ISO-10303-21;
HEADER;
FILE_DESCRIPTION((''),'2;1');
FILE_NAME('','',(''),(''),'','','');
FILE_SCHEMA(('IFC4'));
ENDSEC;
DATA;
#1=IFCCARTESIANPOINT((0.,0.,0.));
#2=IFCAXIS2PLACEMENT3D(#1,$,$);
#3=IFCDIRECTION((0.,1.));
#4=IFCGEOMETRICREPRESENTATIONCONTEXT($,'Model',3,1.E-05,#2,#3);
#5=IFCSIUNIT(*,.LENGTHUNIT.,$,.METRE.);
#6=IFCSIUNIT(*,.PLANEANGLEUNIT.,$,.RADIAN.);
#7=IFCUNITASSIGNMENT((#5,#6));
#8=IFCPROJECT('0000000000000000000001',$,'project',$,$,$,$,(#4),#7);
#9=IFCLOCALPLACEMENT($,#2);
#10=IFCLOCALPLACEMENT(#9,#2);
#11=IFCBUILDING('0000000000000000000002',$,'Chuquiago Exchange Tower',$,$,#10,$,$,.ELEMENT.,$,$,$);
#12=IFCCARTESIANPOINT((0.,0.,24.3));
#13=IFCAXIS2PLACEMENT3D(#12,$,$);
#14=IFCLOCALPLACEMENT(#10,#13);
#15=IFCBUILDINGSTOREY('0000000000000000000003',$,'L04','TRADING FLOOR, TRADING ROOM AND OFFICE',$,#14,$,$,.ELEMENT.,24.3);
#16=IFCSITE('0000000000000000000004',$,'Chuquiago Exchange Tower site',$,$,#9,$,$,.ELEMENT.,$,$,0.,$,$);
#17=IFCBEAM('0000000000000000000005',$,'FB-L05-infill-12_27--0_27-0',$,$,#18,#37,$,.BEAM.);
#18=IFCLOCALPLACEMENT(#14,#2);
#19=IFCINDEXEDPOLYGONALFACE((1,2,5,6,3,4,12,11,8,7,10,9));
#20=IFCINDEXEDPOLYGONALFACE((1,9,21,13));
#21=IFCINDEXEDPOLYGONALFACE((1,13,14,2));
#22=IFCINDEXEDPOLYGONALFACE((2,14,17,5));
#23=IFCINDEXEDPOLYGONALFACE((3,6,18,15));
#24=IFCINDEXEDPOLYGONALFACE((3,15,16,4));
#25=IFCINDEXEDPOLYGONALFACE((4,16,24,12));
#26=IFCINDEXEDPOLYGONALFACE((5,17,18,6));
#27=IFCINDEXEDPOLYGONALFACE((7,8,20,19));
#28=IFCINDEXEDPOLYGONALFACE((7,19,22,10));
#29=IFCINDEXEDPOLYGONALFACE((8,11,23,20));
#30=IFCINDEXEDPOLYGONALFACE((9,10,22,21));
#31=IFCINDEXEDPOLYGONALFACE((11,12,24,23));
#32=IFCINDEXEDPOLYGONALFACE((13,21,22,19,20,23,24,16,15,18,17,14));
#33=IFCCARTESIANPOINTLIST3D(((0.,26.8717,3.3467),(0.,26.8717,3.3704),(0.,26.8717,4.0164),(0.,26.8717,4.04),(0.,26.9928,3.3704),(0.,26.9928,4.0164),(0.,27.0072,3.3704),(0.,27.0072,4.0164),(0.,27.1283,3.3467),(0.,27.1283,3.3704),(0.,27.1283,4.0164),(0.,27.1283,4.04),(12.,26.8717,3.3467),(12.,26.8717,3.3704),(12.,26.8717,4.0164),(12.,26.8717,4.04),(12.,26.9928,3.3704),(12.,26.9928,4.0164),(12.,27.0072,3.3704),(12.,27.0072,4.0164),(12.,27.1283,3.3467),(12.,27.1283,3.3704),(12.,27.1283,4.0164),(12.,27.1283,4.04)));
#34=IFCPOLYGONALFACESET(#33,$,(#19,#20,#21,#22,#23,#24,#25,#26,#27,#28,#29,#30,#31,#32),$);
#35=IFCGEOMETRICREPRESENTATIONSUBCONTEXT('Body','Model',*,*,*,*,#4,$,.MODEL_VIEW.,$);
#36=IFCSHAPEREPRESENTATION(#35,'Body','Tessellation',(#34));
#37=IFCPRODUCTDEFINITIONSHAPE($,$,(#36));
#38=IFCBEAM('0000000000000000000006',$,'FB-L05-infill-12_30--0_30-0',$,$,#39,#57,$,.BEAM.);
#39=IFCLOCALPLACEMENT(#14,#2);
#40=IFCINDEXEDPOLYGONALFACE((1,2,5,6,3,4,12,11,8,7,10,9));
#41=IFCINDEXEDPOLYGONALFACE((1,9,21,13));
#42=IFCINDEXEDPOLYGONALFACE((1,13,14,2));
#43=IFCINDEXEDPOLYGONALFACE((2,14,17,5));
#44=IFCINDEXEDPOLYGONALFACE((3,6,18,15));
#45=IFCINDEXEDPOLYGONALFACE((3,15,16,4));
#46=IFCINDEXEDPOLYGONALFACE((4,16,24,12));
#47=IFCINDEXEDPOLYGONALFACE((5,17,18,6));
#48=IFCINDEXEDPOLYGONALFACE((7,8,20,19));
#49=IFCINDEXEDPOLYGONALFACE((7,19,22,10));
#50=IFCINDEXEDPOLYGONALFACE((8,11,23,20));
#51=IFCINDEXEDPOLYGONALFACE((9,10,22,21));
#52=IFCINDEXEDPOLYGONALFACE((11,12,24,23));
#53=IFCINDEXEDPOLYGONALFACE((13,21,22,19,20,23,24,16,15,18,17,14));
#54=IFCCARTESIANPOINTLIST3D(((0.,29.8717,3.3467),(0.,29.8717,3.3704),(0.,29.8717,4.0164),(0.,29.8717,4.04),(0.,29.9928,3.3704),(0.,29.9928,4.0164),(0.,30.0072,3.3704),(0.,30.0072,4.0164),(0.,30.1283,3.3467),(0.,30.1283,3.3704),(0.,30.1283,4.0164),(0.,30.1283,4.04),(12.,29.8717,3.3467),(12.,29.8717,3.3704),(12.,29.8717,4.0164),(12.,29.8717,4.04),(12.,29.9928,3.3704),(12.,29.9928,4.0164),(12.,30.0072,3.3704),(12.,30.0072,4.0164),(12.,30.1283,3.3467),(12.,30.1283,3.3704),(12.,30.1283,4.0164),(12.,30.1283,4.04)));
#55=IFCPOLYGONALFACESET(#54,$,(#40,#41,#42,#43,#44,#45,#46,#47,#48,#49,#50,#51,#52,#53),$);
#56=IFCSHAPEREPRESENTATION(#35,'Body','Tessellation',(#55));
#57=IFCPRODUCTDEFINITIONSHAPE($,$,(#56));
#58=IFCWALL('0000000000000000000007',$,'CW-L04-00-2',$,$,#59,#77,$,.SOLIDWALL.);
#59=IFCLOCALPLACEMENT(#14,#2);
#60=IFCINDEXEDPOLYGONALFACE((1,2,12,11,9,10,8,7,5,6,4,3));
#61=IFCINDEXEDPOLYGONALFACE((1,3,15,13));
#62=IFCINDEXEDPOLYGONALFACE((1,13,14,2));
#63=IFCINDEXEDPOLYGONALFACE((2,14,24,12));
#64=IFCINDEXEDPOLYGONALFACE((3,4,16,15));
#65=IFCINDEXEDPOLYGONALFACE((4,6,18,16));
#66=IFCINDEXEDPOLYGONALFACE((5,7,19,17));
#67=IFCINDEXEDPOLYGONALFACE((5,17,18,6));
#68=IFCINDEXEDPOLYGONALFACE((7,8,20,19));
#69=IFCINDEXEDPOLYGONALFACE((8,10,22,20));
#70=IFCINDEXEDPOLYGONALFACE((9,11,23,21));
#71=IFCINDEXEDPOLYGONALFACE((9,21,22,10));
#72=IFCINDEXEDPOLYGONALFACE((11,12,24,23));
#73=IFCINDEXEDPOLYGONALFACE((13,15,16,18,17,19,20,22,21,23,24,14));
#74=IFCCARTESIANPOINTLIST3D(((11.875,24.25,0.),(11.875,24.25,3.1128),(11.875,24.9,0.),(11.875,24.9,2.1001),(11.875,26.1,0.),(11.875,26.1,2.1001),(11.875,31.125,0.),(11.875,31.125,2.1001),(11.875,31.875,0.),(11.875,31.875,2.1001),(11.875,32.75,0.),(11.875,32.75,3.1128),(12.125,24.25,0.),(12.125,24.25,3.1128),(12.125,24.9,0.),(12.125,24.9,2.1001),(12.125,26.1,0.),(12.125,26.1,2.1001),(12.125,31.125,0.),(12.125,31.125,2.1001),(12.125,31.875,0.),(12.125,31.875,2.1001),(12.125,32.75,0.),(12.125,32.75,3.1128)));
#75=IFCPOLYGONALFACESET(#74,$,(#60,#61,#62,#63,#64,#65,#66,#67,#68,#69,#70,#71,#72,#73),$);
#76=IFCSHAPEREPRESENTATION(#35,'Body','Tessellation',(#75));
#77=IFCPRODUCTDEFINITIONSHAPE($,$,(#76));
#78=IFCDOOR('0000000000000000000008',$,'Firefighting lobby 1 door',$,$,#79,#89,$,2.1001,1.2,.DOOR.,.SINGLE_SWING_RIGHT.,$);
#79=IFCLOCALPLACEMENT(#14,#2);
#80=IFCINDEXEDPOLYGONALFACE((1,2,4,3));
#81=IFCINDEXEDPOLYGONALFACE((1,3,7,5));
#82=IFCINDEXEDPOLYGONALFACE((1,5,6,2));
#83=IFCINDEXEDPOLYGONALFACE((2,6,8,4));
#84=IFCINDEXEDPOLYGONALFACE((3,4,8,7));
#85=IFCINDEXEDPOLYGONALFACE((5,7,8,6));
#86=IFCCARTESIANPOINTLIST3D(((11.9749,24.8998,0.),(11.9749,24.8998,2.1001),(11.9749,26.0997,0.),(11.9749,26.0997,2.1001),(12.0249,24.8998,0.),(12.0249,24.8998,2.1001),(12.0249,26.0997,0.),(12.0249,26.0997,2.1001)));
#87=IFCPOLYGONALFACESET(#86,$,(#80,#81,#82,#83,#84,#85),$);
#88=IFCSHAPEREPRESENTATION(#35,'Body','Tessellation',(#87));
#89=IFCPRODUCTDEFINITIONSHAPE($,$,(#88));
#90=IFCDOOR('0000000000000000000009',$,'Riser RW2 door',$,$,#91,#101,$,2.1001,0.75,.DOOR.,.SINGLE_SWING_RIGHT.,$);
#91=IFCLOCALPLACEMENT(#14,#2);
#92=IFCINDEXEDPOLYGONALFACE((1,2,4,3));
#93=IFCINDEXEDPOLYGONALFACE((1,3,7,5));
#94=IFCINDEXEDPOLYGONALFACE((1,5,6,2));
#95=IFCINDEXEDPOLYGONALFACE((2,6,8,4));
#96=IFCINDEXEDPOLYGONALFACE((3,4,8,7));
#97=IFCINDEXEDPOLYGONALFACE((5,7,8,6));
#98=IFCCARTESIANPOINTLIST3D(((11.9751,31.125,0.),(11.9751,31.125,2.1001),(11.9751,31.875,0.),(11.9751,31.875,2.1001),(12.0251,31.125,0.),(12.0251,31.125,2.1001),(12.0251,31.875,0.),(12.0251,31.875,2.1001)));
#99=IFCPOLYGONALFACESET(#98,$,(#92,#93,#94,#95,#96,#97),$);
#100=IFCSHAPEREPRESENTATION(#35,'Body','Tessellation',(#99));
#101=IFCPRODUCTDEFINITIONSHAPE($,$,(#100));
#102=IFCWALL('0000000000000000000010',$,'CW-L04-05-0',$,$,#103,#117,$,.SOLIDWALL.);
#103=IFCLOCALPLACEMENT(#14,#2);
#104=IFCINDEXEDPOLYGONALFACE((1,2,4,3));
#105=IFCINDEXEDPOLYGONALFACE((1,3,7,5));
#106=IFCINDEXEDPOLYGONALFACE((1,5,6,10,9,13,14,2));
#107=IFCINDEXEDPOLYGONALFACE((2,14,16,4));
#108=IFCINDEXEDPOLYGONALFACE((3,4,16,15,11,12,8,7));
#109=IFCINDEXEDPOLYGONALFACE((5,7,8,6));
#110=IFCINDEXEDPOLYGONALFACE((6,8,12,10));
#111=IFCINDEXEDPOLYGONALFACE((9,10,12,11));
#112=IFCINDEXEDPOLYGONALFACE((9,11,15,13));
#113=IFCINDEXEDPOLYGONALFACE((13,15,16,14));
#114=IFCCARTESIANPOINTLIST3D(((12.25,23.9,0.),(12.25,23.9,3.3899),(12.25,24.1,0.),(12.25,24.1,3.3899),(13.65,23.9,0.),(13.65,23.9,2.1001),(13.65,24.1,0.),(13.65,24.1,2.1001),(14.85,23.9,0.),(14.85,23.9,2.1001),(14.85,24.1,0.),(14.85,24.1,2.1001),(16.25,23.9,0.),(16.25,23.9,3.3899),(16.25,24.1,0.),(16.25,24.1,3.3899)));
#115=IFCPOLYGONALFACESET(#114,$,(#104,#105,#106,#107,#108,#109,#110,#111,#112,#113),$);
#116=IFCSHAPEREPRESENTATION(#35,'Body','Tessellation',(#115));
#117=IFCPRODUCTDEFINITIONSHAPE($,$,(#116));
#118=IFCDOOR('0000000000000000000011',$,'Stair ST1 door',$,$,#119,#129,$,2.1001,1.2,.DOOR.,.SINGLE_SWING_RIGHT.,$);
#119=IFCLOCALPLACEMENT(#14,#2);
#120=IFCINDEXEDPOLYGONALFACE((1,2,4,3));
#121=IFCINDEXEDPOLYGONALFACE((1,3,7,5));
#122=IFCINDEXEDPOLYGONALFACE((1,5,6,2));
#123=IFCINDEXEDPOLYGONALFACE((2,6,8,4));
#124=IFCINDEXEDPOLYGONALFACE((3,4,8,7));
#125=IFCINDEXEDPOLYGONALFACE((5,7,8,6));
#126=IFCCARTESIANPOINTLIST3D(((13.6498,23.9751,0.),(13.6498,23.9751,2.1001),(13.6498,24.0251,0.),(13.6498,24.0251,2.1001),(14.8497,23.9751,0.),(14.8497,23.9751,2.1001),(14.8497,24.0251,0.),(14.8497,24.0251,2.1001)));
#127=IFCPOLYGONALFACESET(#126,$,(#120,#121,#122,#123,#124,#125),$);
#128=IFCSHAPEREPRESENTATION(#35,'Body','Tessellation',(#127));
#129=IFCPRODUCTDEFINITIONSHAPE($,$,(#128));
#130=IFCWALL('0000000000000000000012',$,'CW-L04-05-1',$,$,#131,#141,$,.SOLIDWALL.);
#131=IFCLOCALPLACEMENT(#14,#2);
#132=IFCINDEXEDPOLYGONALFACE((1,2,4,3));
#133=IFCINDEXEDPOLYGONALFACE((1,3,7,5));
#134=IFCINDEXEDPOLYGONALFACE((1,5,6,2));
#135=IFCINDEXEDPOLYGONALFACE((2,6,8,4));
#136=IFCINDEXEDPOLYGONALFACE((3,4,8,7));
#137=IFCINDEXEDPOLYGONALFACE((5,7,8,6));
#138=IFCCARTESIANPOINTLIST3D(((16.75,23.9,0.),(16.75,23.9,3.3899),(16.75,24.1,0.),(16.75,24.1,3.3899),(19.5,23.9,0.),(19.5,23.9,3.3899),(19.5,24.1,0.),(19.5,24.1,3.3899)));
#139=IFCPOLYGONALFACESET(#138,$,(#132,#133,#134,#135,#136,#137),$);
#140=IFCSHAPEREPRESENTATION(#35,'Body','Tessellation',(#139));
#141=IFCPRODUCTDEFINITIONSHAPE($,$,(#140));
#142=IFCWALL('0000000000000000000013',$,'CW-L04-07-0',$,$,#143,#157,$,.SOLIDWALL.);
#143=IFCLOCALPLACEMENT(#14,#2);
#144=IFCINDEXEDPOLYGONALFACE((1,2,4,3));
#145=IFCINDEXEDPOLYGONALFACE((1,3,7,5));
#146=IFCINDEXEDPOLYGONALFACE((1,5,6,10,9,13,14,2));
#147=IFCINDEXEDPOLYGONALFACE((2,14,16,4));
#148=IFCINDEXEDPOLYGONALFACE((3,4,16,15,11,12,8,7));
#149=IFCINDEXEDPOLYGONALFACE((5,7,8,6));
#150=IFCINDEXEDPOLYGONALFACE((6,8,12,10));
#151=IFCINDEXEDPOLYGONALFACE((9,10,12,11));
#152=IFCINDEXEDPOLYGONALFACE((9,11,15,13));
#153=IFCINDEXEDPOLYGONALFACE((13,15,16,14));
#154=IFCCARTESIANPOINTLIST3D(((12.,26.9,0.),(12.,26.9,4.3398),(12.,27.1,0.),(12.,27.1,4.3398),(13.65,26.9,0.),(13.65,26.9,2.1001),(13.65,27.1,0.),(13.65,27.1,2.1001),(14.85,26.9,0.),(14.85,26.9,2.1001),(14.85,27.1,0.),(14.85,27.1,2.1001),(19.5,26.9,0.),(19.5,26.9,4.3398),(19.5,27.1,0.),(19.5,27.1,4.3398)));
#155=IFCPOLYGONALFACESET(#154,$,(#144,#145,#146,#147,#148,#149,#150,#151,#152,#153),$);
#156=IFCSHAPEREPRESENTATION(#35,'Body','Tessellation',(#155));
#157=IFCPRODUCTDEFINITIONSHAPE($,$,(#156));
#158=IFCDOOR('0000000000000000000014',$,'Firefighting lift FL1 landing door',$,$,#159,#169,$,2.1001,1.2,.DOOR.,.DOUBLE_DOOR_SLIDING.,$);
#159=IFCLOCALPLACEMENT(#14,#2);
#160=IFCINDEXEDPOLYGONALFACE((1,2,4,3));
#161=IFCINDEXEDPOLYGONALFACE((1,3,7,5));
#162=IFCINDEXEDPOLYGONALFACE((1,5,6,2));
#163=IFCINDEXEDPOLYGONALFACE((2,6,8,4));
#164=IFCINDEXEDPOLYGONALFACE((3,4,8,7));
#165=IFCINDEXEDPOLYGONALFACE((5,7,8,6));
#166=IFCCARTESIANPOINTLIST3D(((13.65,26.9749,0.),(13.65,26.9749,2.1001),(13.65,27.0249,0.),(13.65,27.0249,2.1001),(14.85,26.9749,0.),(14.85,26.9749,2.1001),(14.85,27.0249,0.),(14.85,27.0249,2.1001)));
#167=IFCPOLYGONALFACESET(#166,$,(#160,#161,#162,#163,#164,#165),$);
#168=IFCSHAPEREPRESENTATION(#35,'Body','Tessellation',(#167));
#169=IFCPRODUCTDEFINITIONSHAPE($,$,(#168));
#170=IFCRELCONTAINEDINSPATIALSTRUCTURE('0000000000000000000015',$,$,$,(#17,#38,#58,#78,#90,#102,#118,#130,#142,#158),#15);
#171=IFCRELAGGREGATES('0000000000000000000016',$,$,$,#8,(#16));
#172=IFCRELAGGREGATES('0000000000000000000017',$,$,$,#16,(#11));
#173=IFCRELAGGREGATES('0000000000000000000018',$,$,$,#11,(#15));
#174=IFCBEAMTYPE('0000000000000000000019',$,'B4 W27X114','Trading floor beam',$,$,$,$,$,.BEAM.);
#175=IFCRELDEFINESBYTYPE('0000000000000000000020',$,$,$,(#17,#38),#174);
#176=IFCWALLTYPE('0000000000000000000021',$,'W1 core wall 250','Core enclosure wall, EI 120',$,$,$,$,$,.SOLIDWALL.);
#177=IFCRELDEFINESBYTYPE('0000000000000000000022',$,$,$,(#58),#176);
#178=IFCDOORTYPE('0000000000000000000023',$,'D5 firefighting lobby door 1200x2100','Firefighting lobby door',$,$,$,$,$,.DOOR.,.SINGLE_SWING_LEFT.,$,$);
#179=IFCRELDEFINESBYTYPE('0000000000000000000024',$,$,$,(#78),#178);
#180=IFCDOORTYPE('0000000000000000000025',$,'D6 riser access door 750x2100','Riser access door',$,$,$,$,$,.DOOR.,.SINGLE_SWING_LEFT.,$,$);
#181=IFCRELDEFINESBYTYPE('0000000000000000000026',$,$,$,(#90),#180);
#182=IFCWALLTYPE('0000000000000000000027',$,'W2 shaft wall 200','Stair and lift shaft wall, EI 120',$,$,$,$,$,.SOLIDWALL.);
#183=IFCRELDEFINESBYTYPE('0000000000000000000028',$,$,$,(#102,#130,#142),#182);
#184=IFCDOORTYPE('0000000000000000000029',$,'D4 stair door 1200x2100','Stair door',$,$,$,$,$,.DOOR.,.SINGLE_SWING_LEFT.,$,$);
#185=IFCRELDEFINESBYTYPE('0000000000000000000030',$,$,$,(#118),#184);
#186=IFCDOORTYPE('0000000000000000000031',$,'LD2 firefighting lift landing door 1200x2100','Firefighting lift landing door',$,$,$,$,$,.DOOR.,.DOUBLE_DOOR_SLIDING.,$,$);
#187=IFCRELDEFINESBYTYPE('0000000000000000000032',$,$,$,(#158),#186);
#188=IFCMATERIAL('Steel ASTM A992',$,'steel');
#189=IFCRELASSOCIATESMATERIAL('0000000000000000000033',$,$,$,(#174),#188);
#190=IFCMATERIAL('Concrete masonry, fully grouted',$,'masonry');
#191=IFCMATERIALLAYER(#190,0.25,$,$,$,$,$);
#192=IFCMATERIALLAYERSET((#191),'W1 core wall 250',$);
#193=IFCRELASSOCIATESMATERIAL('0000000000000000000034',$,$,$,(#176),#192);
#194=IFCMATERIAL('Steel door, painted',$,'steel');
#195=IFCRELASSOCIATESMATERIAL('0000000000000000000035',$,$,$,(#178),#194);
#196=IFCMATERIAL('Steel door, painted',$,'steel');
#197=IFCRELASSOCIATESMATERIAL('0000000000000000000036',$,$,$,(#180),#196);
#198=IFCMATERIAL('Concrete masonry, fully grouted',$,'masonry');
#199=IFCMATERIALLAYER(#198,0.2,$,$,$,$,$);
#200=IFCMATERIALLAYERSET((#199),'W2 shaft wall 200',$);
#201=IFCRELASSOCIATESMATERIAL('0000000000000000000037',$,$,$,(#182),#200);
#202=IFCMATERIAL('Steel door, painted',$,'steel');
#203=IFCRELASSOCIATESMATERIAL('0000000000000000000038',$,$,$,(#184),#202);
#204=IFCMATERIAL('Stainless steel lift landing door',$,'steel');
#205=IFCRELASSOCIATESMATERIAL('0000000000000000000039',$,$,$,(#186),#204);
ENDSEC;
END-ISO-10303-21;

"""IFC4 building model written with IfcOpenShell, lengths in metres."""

from ifc_helpers import new_model, si_unit, direction, frame, frame_2d, origin, origin_2d, place, context, subcontext, project, spatial, rectangle, i_section, extrude, material, layer, layer_set, material_profile, profile_set, type_object, element, fill, save


model = new_model("IFC4")

# Units and contexts
model_context = context("Model", 3, precision=1e-05, world=origin(), true_north=direction((0.0, 1.0)))
body_context = subcontext(model_context, "Body", "Model", "MODEL_VIEW")
ifc_project = project(units=[si_unit("LENGTHUNIT", "METRE"), si_unit("PLANEANGLEUNIT", "RADIAN")], contexts=[model_context])

# Site, building, storey
site_placement = place(None, origin())
site = spatial("IfcSite", under=ifc_project, at=site_placement, Name="Chuquiago Exchange Tower site", CompositionType="ELEMENT", RefElevation=0.0)
building_placement = place(site_placement, origin())
building = spatial("IfcBuilding", under=site, at=building_placement, Name="Chuquiago Exchange Tower", CompositionType="ELEMENT")
storey_placement = place(building_placement, frame((0.0, 0.0, 24.3)))
storey = spatial("IfcBuildingStorey", under=building, at=storey_placement, Name="L04", Description="TRADING FLOOR, TRADING ROOM AND OFFICE", CompositionType="ELEMENT", Elevation=24.3)

# Beams
ifc_material_1 = material(Name="Steel ASTM A992", Category="steel")
ifc_material_profile_1 = material_profile(ifc_material_1, i_section(OverallWidth=0.2566, OverallDepth=0.6934, WebThickness=0.0144, FlangeThickness=0.0237, at=origin_2d()), Name="W27X114")
ifc_profile_set_1 = profile_set([ifc_material_profile_1], Name="Steel ASTM A992")
beam_type_1 = type_object("IfcBeamType", Name="B4 W27X114", Description="Trading floor beam", PredefinedType="BEAM", material=ifc_profile_set_1)
for number, where, z_axis, x_axis, name in (
    (1, (12.0, 27.0, 3.6934), (-1.0, 0.0, 0.0), (0.0, -1.0, 0.0), "FB-L05-infill-12_27--0_27-0"),
    (2, (12.0, 30.0, 3.6934), (-1.0, 0.0, 0.0), (0.0, -1.0, 0.0), "FB-L05-infill-12_30--0_30-0"),
):
    element("IfcBeam", number, at=place(storey_placement, frame(where, z_axis=z_axis, x_axis=x_axis)), inside=storey, type_object=beam_type_1, Name=name, PredefinedType="BEAM", context=body_context, shape_type="SweptSolid", body=[
        extrude(i_section(OverallWidth=0.2566, OverallDepth=0.6934, WebThickness=0.0144, FlangeThickness=0.0237, at=origin_2d()), origin(), (0.0, 0.0, 1.0), 12.0),
    ])

# Wall, openings, doors
ifc_material_2 = material(Name="Concrete masonry, fully grouted", Category="masonry")
ifc_layer_1 = layer(ifc_material_2, 0.25)
ifc_layer_set_1 = layer_set([ifc_layer_1], Name="W1 core wall 250")
wall_type_1 = type_object("IfcWallType", Name="W1 core wall 250", Description="Core enclosure wall, EI 120", PredefinedType="SOLIDWALL", material=ifc_layer_set_1)
wall_1_placement = place(storey_placement, frame((12.0, 24.25, 0.0), z_axis=(0.0, 0.0, 1.0), x_axis=(0.0, 1.0, 0.0)))
wall_1 = element("IfcWall", 3, at=wall_1_placement, inside=storey, type_object=wall_type_1, Name="CW-L04-00-2", PredefinedType="SOLIDWALL", context=body_context, shape_type="SweptSolid", body=[
    extrude(rectangle(XDim=8.5, YDim=0.25, at=frame_2d((4.25, 0.0))), origin(), (0.0, 0.0, 1.0), 3.1128),
])
opening_1_placement = place(wall_1_placement, frame((0.6499, 0.0, 0.0)))
opening_1 = element("IfcOpeningElement", 4, at=opening_1_placement, cuts=wall_1, PredefinedType="OPENING", context=body_context, shape_type="SweptSolid", body=[
    extrude(rectangle(XDim=1.2, YDim=2.1001, at=frame_2d((0.6001, 1.05))), frame((0.0, 0.135, 0.0), z_axis=(0.0, -1.0, 0.0), x_axis=(1.0, 0.0, 0.0)), (0.0, 0.0, 1.0), 0.27),
])
opening_2_placement = place(wall_1_placement, frame((6.875, 0.0, 0.0)))
opening_2 = element("IfcOpeningElement", 5, at=opening_2_placement, cuts=wall_1, PredefinedType="OPENING", context=body_context, shape_type="SweptSolid", body=[
    extrude(rectangle(XDim=0.75, YDim=2.1001, at=frame_2d((0.375, 1.05))), frame((0.0, 0.135, 0.0), z_axis=(0.0, -1.0, 0.0), x_axis=(1.0, 0.0, 0.0)), (0.0, 0.0, 1.0), 0.27),
])
ifc_material_3 = material(Name="Steel door, painted", Category="steel")
door_type_1 = type_object("IfcDoorType", Name="D5 firefighting lobby door 1200x2100", Description="Firefighting lobby door", OperationType="SINGLE_SWING_LEFT", PredefinedType="DOOR", material=ifc_material_3)
door_1_placement = place(opening_1_placement, frame((1.2, 0.0, 0.0), z_axis=(0.0, 0.0, 1.0), x_axis=(-1.0, 0.0, 0.0)))
door_1 = element("IfcDoor", 6, at=door_1_placement, inside=storey, type_object=door_type_1, Name="Firefighting lobby 1 door", OperationType="SINGLE_SWING_RIGHT", OverallHeight=2.1001, OverallWidth=1.2, PredefinedType="DOOR", context=body_context, shape_type="SweptSolid", body=[
    extrude(rectangle(XDim=1.2, YDim=2.1001, at=frame_2d((0.6001, 1.05))), frame((0.0, 0.0249, 0.0), z_axis=(0.0, -1.0, 0.0), x_axis=(1.0, 0.0, 0.0)), (0.0, 0.0, 1.0), 0.05),
])
fill(opening_1, door_1)
ifc_material_4 = material(Name="Steel door, painted", Category="steel")
door_type_2 = type_object("IfcDoorType", Name="D6 riser access door 750x2100", Description="Riser access door", OperationType="SINGLE_SWING_LEFT", PredefinedType="DOOR", material=ifc_material_4)
door_2_placement = place(opening_2_placement, origin())
door_2 = element("IfcDoor", 7, at=door_2_placement, inside=storey, type_object=door_type_2, Name="Riser RW2 door", OperationType="SINGLE_SWING_RIGHT", OverallHeight=2.1001, OverallWidth=0.75, PredefinedType="DOOR", context=body_context, shape_type="SweptSolid", body=[
    extrude(rectangle(XDim=0.75, YDim=2.1001, at=frame_2d((0.375, 1.05))), frame((0.0, 0.0249, 0.0), z_axis=(0.0, -1.0, 0.0), x_axis=(1.0, 0.0, 0.0)), (0.0, 0.0, 1.0), 0.05),
])
fill(opening_2, door_2)

# Wall, opening, door
ifc_material_5 = material(Name="Concrete masonry, fully grouted", Category="masonry")
ifc_layer_2 = layer(ifc_material_5, 0.2)
ifc_layer_set_2 = layer_set([ifc_layer_2], Name="W2 shaft wall 200")
wall_type_2 = type_object("IfcWallType", Name="W2 shaft wall 200", Description="Stair and lift shaft wall, EI 120", PredefinedType="SOLIDWALL", material=ifc_layer_set_2)
wall_2_placement = place(storey_placement, frame((12.25, 24.0, 0.0), z_axis=(0.0, 0.0, 1.0), x_axis=(1.0, 0.0, 0.0)))
wall_2 = element("IfcWall", 8, at=wall_2_placement, inside=storey, type_object=wall_type_2, Name="CW-L04-05-0", PredefinedType="SOLIDWALL", context=body_context, shape_type="SweptSolid", body=[
    extrude(rectangle(XDim=4.0, YDim=0.2, at=frame_2d((2.0, 0.0))), origin(), (0.0, 0.0, 1.0), 3.3899),
])
opening_3_placement = place(wall_2_placement, frame((1.3999, 0.0, 0.0)))
opening_3 = element("IfcOpeningElement", 9, at=opening_3_placement, cuts=wall_2, PredefinedType="OPENING", context=body_context, shape_type="SweptSolid", body=[
    extrude(rectangle(XDim=1.2, YDim=2.1001, at=frame_2d((0.6001, 1.05))), frame((0.0, 0.1099, 0.0), z_axis=(0.0, -1.0, 0.0), x_axis=(1.0, 0.0, 0.0)), (0.0, 0.0, 1.0), 0.22),
])
ifc_material_6 = material(Name="Steel door, painted", Category="steel")
door_type_3 = type_object("IfcDoorType", Name="D4 stair door 1200x2100", Description="Stair door", OperationType="SINGLE_SWING_LEFT", PredefinedType="DOOR", material=ifc_material_6)
door_3_placement = place(opening_3_placement, frame((1.2, 0.0, 0.0), z_axis=(0.0, 0.0, 1.0), x_axis=(-1.0, 0.0, 0.0)))
door_3 = element("IfcDoor", 10, at=door_3_placement, inside=storey, type_object=door_type_3, Name="Stair ST1 door", OperationType="SINGLE_SWING_RIGHT", OverallHeight=2.1001, OverallWidth=1.2, PredefinedType="DOOR", context=body_context, shape_type="SweptSolid", body=[
    extrude(rectangle(XDim=1.2, YDim=2.1001, at=frame_2d((0.6001, 1.05))), frame((0.0, 0.0249, 0.0), z_axis=(0.0, -1.0, 0.0), x_axis=(1.0, 0.0, 0.0)), (0.0, 0.0, 1.0), 0.05),
])
fill(opening_3, door_3)

# Wall
wall_3_placement = place(storey_placement, frame((16.75, 24.0, 0.0), z_axis=(0.0, 0.0, 1.0), x_axis=(1.0, 0.0, 0.0)))
element("IfcWall", 11, at=wall_3_placement, inside=storey, type_object=wall_type_2, Name="CW-L04-05-1", PredefinedType="SOLIDWALL", context=body_context, shape_type="SweptSolid", body=[
    extrude(rectangle(XDim=2.75, YDim=0.2, at=frame_2d((1.375, 0.0))), origin(), (0.0, 0.0, 1.0), 3.3899),
])

# Wall, opening, door
wall_4_placement = place(storey_placement, frame((12.0, 27.0, 0.0), z_axis=(0.0, 0.0, 1.0), x_axis=(1.0, 0.0, 0.0)))
wall_4 = element("IfcWall", 12, at=wall_4_placement, inside=storey, type_object=wall_type_2, Name="CW-L04-07-0", PredefinedType="SOLIDWALL", context=body_context, shape_type="SweptSolid", body=[
    extrude(rectangle(XDim=7.5, YDim=0.2, at=frame_2d((3.75, 0.0))), origin(), (0.0, 0.0, 1.0), 4.3398),
])
opening_4_placement = place(wall_4_placement, frame((1.6499, 0.0, 0.0)))
opening_4 = element("IfcOpeningElement", 13, at=opening_4_placement, cuts=wall_4, PredefinedType="OPENING", context=body_context, shape_type="SweptSolid", body=[
    extrude(rectangle(XDim=1.2, YDim=2.1001, at=frame_2d((0.6001, 1.05))), frame((0.0, 0.1099, 0.0), z_axis=(0.0, -1.0, 0.0), x_axis=(1.0, 0.0, 0.0)), (0.0, 0.0, 1.0), 0.22),
])
ifc_material_7 = material(Name="Stainless steel lift landing door", Category="steel")
door_type_4 = type_object("IfcDoorType", Name="LD2 firefighting lift landing door 1200x2100", Description="Firefighting lift landing door", OperationType="DOUBLE_DOOR_SLIDING", PredefinedType="DOOR", material=ifc_material_7)
door_4_placement = place(opening_4_placement, origin())
door_4 = element("IfcDoor", 14, at=door_4_placement, inside=storey, type_object=door_type_4, Name="Firefighting lift FL1 landing door", OperationType="DOUBLE_DOOR_SLIDING", OverallHeight=2.1001, OverallWidth=1.2, PredefinedType="DOOR", context=body_context, shape_type="SweptSolid", body=[
    extrude(rectangle(XDim=1.2, YDim=2.1001, at=frame_2d((0.6001, 1.05))), frame((0.0, 0.0249, 0.0), z_axis=(0.0, -1.0, 0.0), x_axis=(1.0, 0.0, 0.0)), (0.0, 0.0, 1.0), 0.05),
])
fill(opening_4, door_4)

save(model, "model.ifc")
